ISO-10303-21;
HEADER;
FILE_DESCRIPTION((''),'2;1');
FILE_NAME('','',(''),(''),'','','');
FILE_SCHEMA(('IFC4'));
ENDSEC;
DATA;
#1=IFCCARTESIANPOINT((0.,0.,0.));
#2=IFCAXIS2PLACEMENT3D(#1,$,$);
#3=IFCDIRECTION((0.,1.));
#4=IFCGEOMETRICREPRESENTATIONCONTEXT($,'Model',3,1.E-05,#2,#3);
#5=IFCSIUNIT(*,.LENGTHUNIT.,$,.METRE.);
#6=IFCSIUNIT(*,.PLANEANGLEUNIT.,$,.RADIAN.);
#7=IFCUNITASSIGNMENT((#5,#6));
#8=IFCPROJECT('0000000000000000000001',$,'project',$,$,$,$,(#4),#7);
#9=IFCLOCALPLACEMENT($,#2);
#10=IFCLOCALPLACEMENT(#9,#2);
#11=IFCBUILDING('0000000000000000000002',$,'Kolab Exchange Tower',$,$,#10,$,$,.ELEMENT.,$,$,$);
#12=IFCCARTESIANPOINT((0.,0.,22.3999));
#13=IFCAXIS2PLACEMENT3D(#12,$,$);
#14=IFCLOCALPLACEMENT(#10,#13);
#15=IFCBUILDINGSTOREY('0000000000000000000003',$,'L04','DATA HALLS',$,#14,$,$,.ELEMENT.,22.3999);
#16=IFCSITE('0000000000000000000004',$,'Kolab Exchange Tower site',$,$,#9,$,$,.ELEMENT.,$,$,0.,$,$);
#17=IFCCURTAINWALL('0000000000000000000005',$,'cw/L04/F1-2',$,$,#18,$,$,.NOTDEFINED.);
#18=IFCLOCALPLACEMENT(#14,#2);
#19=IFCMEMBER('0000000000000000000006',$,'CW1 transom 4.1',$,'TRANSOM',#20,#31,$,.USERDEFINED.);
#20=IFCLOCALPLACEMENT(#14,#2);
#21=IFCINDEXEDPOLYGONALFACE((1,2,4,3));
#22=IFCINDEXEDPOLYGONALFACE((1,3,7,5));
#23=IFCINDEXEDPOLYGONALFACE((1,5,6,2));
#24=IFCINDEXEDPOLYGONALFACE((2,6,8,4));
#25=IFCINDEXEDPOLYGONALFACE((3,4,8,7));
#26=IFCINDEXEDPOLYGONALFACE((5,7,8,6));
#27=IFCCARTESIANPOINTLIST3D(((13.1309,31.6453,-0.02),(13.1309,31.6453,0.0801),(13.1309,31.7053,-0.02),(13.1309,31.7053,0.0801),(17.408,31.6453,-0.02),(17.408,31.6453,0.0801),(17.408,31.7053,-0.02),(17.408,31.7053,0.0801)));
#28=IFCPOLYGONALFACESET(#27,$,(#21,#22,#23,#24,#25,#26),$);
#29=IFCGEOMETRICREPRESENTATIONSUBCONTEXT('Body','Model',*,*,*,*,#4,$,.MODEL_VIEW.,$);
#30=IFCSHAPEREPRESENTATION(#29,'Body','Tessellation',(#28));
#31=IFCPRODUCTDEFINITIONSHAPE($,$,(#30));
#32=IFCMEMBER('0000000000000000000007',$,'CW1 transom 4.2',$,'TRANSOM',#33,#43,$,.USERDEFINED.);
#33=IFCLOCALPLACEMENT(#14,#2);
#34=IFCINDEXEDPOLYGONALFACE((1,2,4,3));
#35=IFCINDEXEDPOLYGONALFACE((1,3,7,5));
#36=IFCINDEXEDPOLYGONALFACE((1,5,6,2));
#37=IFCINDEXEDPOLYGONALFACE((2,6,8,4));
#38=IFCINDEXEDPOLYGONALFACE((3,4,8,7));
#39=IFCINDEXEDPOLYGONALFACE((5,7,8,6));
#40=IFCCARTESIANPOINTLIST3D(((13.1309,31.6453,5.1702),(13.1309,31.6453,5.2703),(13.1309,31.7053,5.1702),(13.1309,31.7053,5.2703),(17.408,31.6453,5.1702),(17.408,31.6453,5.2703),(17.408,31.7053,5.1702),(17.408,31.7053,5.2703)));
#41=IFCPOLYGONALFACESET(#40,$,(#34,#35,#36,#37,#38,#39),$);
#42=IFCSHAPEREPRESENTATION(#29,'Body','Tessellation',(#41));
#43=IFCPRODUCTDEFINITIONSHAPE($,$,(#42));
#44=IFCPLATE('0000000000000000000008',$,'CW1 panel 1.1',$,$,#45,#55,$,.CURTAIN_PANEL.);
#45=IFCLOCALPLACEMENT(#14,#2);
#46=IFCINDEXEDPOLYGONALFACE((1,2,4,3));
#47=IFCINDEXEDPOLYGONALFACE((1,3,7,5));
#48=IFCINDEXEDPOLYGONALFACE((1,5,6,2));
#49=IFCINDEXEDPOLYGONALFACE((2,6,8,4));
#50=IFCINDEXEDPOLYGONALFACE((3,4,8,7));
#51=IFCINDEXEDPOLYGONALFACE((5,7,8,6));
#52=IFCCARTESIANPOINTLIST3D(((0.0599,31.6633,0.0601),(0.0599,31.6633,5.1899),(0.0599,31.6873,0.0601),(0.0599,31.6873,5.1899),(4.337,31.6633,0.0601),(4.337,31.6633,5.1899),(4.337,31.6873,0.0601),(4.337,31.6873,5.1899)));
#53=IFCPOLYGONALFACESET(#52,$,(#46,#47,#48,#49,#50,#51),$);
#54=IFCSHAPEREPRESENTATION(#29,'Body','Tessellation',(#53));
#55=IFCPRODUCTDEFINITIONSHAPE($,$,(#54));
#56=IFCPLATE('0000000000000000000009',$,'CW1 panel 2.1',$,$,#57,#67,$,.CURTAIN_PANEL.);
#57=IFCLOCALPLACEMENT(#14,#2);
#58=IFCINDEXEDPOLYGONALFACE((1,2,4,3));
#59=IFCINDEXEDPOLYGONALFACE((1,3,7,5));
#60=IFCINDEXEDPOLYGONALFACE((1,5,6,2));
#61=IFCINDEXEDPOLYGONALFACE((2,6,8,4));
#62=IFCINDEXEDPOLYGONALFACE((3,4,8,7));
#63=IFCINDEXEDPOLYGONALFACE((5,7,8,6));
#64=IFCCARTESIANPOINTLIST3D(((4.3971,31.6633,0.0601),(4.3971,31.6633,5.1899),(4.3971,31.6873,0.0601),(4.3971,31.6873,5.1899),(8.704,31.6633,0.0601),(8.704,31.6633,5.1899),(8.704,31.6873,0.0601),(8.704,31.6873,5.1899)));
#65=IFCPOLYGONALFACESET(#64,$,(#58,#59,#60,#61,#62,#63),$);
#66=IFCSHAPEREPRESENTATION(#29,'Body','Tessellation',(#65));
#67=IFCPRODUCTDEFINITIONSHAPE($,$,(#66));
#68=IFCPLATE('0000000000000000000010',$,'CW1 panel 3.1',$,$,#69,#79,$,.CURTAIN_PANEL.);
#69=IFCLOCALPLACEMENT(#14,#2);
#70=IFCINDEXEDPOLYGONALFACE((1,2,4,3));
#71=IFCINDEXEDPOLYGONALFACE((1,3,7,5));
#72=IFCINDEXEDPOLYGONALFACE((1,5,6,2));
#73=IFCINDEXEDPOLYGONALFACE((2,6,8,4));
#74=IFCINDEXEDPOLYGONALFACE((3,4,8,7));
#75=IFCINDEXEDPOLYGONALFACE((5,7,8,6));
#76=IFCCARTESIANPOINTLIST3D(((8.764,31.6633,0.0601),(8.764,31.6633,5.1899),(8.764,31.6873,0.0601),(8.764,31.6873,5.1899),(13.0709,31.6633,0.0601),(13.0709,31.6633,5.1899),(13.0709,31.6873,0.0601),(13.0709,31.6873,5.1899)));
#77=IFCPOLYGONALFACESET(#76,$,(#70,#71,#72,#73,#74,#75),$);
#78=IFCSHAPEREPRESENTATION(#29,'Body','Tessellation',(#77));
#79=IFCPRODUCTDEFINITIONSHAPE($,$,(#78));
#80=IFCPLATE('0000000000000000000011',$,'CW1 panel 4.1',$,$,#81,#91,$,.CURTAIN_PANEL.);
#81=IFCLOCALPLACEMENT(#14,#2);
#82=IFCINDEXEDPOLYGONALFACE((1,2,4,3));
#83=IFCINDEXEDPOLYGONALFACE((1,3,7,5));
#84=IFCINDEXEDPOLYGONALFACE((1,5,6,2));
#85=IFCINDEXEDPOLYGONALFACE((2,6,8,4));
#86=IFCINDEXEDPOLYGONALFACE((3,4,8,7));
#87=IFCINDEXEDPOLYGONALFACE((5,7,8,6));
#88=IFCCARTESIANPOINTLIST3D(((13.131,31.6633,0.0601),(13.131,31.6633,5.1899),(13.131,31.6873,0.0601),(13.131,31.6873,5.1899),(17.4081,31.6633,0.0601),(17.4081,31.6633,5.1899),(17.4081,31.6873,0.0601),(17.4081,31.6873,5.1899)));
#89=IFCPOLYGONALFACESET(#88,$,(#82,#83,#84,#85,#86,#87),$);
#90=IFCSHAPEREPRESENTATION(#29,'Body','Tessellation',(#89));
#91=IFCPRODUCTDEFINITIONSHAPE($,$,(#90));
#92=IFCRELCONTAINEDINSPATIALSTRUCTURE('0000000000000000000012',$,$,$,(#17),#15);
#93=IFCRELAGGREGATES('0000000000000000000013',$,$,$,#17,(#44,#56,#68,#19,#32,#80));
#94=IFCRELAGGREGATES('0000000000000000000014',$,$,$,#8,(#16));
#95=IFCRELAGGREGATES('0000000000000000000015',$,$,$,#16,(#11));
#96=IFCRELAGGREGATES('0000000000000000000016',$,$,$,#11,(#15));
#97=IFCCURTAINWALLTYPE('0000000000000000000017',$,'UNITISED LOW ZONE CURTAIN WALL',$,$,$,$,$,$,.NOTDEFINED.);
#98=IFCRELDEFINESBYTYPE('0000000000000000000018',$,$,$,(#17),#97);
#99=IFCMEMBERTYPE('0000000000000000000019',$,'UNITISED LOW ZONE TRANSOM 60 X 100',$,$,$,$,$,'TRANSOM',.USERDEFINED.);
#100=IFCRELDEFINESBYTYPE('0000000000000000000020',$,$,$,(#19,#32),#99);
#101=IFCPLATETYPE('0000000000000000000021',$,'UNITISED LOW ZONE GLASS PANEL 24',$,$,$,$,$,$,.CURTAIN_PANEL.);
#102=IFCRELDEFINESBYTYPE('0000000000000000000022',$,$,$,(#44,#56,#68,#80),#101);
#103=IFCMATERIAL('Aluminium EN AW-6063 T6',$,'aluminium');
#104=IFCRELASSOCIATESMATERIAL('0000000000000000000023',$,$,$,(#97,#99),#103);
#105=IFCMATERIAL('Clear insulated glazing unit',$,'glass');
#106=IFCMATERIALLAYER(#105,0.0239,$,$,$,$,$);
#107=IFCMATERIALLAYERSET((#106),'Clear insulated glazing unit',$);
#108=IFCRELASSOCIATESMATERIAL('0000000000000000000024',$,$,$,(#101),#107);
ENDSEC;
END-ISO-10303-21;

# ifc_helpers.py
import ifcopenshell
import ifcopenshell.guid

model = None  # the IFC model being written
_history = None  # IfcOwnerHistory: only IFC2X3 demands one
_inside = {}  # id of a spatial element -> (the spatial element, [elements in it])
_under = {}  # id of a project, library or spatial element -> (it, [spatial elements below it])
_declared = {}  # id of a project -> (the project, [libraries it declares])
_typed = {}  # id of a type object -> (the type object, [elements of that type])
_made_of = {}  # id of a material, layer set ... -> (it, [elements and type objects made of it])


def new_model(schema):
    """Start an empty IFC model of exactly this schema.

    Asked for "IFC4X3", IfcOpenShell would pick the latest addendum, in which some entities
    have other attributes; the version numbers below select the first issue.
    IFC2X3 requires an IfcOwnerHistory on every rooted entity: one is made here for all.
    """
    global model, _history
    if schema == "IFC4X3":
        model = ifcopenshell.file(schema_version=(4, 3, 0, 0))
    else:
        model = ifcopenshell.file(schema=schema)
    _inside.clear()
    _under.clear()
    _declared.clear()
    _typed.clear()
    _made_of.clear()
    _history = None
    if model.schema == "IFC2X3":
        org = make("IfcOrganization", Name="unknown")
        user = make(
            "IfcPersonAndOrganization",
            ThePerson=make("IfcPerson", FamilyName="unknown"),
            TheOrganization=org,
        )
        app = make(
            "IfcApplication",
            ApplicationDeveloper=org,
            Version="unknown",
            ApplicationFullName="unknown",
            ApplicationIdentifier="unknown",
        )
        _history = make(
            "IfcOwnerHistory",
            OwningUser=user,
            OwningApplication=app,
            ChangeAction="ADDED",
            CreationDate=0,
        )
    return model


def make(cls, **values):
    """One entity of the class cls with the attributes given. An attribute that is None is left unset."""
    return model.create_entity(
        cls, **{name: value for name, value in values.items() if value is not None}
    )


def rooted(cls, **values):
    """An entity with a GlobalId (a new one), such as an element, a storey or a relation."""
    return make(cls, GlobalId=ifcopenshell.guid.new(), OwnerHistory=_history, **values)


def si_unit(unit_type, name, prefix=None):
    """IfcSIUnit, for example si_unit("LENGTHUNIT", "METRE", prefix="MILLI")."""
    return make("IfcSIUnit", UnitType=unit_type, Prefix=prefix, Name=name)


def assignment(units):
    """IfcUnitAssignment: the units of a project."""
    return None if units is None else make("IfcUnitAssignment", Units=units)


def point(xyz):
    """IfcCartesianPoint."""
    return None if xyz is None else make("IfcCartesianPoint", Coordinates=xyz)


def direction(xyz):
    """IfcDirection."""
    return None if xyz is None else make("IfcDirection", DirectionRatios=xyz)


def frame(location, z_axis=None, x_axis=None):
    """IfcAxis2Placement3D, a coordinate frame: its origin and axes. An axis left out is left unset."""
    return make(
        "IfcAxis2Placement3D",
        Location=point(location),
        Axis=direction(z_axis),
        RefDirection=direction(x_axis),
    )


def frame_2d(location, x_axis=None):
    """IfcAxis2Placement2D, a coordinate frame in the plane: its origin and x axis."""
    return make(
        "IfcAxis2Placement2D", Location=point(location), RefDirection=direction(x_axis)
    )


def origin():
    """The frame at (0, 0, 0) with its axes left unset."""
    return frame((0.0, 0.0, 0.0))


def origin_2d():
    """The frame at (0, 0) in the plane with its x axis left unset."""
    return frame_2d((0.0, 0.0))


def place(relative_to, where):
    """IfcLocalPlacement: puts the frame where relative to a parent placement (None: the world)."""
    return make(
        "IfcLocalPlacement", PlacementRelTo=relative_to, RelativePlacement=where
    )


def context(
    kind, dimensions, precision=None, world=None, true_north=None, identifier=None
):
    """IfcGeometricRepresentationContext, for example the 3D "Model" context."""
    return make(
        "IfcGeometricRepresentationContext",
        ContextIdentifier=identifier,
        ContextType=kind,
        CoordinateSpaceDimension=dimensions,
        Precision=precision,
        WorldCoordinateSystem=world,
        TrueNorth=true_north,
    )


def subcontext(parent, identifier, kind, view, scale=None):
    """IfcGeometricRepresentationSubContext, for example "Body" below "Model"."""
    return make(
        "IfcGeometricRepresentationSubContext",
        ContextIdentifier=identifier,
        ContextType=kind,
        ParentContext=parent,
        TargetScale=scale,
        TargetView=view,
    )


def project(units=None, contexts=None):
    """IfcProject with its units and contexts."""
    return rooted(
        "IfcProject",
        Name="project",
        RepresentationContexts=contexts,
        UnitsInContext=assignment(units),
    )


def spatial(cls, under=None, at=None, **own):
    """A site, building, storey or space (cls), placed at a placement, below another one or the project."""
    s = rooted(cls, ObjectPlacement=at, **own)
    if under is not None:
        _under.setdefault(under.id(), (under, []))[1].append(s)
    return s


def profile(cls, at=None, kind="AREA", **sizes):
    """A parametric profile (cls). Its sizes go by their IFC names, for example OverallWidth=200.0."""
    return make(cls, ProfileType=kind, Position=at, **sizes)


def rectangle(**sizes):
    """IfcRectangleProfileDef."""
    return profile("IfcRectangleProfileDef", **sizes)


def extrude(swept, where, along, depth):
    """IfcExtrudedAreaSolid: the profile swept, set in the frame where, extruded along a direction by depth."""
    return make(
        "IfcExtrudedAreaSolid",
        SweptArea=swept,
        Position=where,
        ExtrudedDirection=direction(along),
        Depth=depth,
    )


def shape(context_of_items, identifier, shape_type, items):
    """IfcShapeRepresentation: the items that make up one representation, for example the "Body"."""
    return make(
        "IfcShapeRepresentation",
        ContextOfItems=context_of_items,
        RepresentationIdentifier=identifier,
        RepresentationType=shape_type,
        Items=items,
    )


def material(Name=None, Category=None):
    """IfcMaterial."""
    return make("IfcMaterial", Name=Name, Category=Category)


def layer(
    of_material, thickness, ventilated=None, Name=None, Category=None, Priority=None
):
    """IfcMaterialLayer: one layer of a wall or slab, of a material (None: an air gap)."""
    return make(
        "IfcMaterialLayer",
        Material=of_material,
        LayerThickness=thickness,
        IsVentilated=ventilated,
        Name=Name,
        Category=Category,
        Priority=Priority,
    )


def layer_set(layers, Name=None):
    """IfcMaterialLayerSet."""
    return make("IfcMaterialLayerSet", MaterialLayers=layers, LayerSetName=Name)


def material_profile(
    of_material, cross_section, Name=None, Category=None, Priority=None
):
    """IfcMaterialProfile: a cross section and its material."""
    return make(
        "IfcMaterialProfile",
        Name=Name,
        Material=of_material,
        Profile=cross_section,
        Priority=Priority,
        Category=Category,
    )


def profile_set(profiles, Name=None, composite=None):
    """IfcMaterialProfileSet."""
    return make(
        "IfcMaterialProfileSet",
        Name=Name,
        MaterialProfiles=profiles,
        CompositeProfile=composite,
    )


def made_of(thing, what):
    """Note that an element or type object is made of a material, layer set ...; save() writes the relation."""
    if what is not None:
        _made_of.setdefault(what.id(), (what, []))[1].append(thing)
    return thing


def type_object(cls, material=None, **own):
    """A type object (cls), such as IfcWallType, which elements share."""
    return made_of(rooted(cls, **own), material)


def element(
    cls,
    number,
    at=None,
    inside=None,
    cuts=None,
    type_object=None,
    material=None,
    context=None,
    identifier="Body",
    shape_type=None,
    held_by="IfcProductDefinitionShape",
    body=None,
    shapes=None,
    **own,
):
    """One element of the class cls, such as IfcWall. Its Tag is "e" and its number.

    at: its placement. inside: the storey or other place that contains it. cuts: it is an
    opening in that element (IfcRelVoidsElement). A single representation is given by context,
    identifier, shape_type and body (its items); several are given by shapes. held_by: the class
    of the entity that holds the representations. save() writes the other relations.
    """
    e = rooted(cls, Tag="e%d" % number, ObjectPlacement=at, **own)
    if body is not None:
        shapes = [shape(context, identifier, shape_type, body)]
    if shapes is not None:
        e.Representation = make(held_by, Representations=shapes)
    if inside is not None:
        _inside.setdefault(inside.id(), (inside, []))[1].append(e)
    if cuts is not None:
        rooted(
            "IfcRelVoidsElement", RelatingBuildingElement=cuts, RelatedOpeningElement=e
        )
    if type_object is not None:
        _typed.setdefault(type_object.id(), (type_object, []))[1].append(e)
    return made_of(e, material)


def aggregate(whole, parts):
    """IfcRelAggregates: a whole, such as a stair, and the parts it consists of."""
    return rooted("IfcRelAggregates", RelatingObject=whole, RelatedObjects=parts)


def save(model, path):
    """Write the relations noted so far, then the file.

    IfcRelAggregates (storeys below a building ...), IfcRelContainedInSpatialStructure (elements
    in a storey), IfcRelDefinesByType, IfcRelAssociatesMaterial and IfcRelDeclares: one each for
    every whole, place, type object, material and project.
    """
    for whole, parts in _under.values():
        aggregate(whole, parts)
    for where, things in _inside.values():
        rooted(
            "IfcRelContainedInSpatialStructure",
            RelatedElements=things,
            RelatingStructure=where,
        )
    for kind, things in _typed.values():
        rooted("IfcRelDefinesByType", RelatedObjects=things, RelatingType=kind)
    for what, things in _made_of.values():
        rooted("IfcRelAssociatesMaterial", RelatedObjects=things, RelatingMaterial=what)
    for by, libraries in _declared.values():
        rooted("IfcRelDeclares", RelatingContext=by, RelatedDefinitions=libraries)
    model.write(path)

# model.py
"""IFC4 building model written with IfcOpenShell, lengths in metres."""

from ifc_helpers import new_model, si_unit, direction, frame, origin, origin_2d, place, context, subcontext, project, spatial, rectangle, extrude, material, layer, layer_set, material_profile, profile_set, type_object, element, aggregate, save


model = new_model("IFC4")

# Units and contexts
model_context = context("Model", 3, precision=1e-05, world=origin(), true_north=direction((0.0, 1.0)))
body_context = subcontext(model_context, "Body", "Model", "MODEL_VIEW")
ifc_project = project(units=[si_unit("LENGTHUNIT", "METRE"), si_unit("PLANEANGLEUNIT", "RADIAN")], contexts=[model_context])

# Site, building, storey
site_placement = place(None, origin())
site = spatial("IfcSite", under=ifc_project, at=site_placement, Name="Kolab Exchange Tower site", CompositionType="ELEMENT", RefElevation=0.0)
building_placement = place(site_placement, origin())
building = spatial("IfcBuilding", under=site, at=building_placement, Name="Kolab Exchange Tower", CompositionType="ELEMENT")
storey_placement = place(building_placement, frame((0.0, 0.0, 22.3999)))
storey = spatial("IfcBuildingStorey", under=building, at=storey_placement, Name="L04", Description="DATA HALLS", CompositionType="ELEMENT", Elevation=22.3999)

# Curtain wall, members, plates
ifc_material_1 = material(Name="Aluminium EN AW-6063 T6", Category="aluminium")
curtain_wall_type = type_object("IfcCurtainWallType", Name="UNITISED LOW ZONE CURTAIN WALL", PredefinedType="NOTDEFINED", material=ifc_material_1)
curtain_wall_placement = place(storey_placement, origin())
curtain_wall = element("IfcCurtainWall", 1, at=curtain_wall_placement, inside=storey, type_object=curtain_wall_type, Name="cw/L04/F1-2", PredefinedType="NOTDEFINED")
ifc_material_profile_1 = material_profile(ifc_material_1, rectangle(XDim=0.0601, YDim=0.1001, at=origin_2d()), Name="RECT 60X100")
ifc_profile_set_1 = profile_set([ifc_material_profile_1], Name="Aluminium EN AW-6063 T6")
member_type_1 = type_object("IfcMemberType", Name="UNITISED LOW ZONE TRANSOM 60 X 100", ElementType="TRANSOM", PredefinedType="USERDEFINED", material=ifc_profile_set_1)
member_1_placement = place(storey_placement, frame((13.1309, 31.6753, 0.03), z_axis=(1.0, 0.0, 0.0), x_axis=(0.0, 1.0, 0.0)))
member_1 = element("IfcMember", 2, at=member_1_placement, type_object=member_type_1, Name="CW1 transom 4.1", ObjectType="TRANSOM", PredefinedType="USERDEFINED", context=body_context, shape_type="SweptSolid", body=[
    extrude(rectangle(XDim=0.0601, YDim=0.1001, at=origin_2d()), origin(), (0.0, 0.0, 1.0), 4.2771),
])
member_2_placement = place(storey_placement, frame((13.1309, 31.6753, 5.2202), z_axis=(1.0, 0.0, 0.0), x_axis=(0.0, 1.0, 0.0)))
member_2 = element("IfcMember", 3, at=member_2_placement, type_object=member_type_1, Name="CW1 transom 4.2", ObjectType="TRANSOM", PredefinedType="USERDEFINED", context=body_context, shape_type="SweptSolid", body=[
    extrude(rectangle(XDim=0.0601, YDim=0.1001, at=origin_2d()), origin(), (0.0, 0.0, 1.0), 4.2771),
])
ifc_material_2 = material(Name="Clear insulated glazing unit", Category="glass")
ifc_layer = layer(ifc_material_2, 0.0239)
ifc_layer_set = layer_set([ifc_layer], Name="Clear insulated glazing unit")
plate_type = type_object("IfcPlateType", Name="UNITISED LOW ZONE GLASS PANEL 24", PredefinedType="CURTAIN_PANEL", material=ifc_layer_set)
plate_1_placement = place(storey_placement, frame((2.1985, 31.6753, 0.0601), z_axis=(0.0, 0.0, 1.0), x_axis=(1.0, 0.0, 0.0)))
plate_1 = element("IfcPlate", 4, at=plate_1_placement, type_object=plate_type, Name="CW1 panel 1.1", PredefinedType="CURTAIN_PANEL", context=body_context, shape_type="SweptSolid", body=[
    extrude(rectangle(XDim=4.2771, YDim=0.0239, at=origin_2d()), origin(), (0.0, 0.0, 1.0), 5.1299),
])
plate_2_placement = place(storey_placement, frame((6.5505, 31.6753, 0.0601), z_axis=(0.0, 0.0, 1.0), x_axis=(1.0, 0.0, 0.0)))
plate_2 = element("IfcPlate", 5, at=plate_2_placement, type_object=plate_type, Name="CW1 panel 2.1", PredefinedType="CURTAIN_PANEL", context=body_context, shape_type="SweptSolid", body=[
    extrude(rectangle(XDim=4.3069, YDim=0.0239, at=origin_2d()), origin(), (0.0, 0.0, 1.0), 5.1299),
])
plate_3_placement = place(storey_placement, frame((10.9175, 31.6753, 0.0601), z_axis=(0.0, 0.0, 1.0), x_axis=(1.0, 0.0, 0.0)))
plate_3 = element("IfcPlate", 6, at=plate_3_placement, type_object=plate_type, Name="CW1 panel 3.1", PredefinedType="CURTAIN_PANEL", context=body_context, shape_type="SweptSolid", body=[
    extrude(rectangle(XDim=4.3069, YDim=0.0239, at=origin_2d()), origin(), (0.0, 0.0, 1.0), 5.1299),
])
plate_4_placement = place(storey_placement, frame((15.2695, 31.6753, 0.0601), z_axis=(0.0, 0.0, 1.0), x_axis=(1.0, 0.0, 0.0)))
plate_4 = element("IfcPlate", 7, at=plate_4_placement, type_object=plate_type, Name="CW1 panel 4.1", PredefinedType="CURTAIN_PANEL", context=body_context, shape_type="SweptSolid", body=[
    extrude(rectangle(XDim=4.2771, YDim=0.0239, at=origin_2d()), origin(), (0.0, 0.0, 1.0), 5.1299),
])
aggregate(curtain_wall, [plate_1, plate_2, plate_3, member_1, member_2, plate_4])

save(model, "model.ifc")
